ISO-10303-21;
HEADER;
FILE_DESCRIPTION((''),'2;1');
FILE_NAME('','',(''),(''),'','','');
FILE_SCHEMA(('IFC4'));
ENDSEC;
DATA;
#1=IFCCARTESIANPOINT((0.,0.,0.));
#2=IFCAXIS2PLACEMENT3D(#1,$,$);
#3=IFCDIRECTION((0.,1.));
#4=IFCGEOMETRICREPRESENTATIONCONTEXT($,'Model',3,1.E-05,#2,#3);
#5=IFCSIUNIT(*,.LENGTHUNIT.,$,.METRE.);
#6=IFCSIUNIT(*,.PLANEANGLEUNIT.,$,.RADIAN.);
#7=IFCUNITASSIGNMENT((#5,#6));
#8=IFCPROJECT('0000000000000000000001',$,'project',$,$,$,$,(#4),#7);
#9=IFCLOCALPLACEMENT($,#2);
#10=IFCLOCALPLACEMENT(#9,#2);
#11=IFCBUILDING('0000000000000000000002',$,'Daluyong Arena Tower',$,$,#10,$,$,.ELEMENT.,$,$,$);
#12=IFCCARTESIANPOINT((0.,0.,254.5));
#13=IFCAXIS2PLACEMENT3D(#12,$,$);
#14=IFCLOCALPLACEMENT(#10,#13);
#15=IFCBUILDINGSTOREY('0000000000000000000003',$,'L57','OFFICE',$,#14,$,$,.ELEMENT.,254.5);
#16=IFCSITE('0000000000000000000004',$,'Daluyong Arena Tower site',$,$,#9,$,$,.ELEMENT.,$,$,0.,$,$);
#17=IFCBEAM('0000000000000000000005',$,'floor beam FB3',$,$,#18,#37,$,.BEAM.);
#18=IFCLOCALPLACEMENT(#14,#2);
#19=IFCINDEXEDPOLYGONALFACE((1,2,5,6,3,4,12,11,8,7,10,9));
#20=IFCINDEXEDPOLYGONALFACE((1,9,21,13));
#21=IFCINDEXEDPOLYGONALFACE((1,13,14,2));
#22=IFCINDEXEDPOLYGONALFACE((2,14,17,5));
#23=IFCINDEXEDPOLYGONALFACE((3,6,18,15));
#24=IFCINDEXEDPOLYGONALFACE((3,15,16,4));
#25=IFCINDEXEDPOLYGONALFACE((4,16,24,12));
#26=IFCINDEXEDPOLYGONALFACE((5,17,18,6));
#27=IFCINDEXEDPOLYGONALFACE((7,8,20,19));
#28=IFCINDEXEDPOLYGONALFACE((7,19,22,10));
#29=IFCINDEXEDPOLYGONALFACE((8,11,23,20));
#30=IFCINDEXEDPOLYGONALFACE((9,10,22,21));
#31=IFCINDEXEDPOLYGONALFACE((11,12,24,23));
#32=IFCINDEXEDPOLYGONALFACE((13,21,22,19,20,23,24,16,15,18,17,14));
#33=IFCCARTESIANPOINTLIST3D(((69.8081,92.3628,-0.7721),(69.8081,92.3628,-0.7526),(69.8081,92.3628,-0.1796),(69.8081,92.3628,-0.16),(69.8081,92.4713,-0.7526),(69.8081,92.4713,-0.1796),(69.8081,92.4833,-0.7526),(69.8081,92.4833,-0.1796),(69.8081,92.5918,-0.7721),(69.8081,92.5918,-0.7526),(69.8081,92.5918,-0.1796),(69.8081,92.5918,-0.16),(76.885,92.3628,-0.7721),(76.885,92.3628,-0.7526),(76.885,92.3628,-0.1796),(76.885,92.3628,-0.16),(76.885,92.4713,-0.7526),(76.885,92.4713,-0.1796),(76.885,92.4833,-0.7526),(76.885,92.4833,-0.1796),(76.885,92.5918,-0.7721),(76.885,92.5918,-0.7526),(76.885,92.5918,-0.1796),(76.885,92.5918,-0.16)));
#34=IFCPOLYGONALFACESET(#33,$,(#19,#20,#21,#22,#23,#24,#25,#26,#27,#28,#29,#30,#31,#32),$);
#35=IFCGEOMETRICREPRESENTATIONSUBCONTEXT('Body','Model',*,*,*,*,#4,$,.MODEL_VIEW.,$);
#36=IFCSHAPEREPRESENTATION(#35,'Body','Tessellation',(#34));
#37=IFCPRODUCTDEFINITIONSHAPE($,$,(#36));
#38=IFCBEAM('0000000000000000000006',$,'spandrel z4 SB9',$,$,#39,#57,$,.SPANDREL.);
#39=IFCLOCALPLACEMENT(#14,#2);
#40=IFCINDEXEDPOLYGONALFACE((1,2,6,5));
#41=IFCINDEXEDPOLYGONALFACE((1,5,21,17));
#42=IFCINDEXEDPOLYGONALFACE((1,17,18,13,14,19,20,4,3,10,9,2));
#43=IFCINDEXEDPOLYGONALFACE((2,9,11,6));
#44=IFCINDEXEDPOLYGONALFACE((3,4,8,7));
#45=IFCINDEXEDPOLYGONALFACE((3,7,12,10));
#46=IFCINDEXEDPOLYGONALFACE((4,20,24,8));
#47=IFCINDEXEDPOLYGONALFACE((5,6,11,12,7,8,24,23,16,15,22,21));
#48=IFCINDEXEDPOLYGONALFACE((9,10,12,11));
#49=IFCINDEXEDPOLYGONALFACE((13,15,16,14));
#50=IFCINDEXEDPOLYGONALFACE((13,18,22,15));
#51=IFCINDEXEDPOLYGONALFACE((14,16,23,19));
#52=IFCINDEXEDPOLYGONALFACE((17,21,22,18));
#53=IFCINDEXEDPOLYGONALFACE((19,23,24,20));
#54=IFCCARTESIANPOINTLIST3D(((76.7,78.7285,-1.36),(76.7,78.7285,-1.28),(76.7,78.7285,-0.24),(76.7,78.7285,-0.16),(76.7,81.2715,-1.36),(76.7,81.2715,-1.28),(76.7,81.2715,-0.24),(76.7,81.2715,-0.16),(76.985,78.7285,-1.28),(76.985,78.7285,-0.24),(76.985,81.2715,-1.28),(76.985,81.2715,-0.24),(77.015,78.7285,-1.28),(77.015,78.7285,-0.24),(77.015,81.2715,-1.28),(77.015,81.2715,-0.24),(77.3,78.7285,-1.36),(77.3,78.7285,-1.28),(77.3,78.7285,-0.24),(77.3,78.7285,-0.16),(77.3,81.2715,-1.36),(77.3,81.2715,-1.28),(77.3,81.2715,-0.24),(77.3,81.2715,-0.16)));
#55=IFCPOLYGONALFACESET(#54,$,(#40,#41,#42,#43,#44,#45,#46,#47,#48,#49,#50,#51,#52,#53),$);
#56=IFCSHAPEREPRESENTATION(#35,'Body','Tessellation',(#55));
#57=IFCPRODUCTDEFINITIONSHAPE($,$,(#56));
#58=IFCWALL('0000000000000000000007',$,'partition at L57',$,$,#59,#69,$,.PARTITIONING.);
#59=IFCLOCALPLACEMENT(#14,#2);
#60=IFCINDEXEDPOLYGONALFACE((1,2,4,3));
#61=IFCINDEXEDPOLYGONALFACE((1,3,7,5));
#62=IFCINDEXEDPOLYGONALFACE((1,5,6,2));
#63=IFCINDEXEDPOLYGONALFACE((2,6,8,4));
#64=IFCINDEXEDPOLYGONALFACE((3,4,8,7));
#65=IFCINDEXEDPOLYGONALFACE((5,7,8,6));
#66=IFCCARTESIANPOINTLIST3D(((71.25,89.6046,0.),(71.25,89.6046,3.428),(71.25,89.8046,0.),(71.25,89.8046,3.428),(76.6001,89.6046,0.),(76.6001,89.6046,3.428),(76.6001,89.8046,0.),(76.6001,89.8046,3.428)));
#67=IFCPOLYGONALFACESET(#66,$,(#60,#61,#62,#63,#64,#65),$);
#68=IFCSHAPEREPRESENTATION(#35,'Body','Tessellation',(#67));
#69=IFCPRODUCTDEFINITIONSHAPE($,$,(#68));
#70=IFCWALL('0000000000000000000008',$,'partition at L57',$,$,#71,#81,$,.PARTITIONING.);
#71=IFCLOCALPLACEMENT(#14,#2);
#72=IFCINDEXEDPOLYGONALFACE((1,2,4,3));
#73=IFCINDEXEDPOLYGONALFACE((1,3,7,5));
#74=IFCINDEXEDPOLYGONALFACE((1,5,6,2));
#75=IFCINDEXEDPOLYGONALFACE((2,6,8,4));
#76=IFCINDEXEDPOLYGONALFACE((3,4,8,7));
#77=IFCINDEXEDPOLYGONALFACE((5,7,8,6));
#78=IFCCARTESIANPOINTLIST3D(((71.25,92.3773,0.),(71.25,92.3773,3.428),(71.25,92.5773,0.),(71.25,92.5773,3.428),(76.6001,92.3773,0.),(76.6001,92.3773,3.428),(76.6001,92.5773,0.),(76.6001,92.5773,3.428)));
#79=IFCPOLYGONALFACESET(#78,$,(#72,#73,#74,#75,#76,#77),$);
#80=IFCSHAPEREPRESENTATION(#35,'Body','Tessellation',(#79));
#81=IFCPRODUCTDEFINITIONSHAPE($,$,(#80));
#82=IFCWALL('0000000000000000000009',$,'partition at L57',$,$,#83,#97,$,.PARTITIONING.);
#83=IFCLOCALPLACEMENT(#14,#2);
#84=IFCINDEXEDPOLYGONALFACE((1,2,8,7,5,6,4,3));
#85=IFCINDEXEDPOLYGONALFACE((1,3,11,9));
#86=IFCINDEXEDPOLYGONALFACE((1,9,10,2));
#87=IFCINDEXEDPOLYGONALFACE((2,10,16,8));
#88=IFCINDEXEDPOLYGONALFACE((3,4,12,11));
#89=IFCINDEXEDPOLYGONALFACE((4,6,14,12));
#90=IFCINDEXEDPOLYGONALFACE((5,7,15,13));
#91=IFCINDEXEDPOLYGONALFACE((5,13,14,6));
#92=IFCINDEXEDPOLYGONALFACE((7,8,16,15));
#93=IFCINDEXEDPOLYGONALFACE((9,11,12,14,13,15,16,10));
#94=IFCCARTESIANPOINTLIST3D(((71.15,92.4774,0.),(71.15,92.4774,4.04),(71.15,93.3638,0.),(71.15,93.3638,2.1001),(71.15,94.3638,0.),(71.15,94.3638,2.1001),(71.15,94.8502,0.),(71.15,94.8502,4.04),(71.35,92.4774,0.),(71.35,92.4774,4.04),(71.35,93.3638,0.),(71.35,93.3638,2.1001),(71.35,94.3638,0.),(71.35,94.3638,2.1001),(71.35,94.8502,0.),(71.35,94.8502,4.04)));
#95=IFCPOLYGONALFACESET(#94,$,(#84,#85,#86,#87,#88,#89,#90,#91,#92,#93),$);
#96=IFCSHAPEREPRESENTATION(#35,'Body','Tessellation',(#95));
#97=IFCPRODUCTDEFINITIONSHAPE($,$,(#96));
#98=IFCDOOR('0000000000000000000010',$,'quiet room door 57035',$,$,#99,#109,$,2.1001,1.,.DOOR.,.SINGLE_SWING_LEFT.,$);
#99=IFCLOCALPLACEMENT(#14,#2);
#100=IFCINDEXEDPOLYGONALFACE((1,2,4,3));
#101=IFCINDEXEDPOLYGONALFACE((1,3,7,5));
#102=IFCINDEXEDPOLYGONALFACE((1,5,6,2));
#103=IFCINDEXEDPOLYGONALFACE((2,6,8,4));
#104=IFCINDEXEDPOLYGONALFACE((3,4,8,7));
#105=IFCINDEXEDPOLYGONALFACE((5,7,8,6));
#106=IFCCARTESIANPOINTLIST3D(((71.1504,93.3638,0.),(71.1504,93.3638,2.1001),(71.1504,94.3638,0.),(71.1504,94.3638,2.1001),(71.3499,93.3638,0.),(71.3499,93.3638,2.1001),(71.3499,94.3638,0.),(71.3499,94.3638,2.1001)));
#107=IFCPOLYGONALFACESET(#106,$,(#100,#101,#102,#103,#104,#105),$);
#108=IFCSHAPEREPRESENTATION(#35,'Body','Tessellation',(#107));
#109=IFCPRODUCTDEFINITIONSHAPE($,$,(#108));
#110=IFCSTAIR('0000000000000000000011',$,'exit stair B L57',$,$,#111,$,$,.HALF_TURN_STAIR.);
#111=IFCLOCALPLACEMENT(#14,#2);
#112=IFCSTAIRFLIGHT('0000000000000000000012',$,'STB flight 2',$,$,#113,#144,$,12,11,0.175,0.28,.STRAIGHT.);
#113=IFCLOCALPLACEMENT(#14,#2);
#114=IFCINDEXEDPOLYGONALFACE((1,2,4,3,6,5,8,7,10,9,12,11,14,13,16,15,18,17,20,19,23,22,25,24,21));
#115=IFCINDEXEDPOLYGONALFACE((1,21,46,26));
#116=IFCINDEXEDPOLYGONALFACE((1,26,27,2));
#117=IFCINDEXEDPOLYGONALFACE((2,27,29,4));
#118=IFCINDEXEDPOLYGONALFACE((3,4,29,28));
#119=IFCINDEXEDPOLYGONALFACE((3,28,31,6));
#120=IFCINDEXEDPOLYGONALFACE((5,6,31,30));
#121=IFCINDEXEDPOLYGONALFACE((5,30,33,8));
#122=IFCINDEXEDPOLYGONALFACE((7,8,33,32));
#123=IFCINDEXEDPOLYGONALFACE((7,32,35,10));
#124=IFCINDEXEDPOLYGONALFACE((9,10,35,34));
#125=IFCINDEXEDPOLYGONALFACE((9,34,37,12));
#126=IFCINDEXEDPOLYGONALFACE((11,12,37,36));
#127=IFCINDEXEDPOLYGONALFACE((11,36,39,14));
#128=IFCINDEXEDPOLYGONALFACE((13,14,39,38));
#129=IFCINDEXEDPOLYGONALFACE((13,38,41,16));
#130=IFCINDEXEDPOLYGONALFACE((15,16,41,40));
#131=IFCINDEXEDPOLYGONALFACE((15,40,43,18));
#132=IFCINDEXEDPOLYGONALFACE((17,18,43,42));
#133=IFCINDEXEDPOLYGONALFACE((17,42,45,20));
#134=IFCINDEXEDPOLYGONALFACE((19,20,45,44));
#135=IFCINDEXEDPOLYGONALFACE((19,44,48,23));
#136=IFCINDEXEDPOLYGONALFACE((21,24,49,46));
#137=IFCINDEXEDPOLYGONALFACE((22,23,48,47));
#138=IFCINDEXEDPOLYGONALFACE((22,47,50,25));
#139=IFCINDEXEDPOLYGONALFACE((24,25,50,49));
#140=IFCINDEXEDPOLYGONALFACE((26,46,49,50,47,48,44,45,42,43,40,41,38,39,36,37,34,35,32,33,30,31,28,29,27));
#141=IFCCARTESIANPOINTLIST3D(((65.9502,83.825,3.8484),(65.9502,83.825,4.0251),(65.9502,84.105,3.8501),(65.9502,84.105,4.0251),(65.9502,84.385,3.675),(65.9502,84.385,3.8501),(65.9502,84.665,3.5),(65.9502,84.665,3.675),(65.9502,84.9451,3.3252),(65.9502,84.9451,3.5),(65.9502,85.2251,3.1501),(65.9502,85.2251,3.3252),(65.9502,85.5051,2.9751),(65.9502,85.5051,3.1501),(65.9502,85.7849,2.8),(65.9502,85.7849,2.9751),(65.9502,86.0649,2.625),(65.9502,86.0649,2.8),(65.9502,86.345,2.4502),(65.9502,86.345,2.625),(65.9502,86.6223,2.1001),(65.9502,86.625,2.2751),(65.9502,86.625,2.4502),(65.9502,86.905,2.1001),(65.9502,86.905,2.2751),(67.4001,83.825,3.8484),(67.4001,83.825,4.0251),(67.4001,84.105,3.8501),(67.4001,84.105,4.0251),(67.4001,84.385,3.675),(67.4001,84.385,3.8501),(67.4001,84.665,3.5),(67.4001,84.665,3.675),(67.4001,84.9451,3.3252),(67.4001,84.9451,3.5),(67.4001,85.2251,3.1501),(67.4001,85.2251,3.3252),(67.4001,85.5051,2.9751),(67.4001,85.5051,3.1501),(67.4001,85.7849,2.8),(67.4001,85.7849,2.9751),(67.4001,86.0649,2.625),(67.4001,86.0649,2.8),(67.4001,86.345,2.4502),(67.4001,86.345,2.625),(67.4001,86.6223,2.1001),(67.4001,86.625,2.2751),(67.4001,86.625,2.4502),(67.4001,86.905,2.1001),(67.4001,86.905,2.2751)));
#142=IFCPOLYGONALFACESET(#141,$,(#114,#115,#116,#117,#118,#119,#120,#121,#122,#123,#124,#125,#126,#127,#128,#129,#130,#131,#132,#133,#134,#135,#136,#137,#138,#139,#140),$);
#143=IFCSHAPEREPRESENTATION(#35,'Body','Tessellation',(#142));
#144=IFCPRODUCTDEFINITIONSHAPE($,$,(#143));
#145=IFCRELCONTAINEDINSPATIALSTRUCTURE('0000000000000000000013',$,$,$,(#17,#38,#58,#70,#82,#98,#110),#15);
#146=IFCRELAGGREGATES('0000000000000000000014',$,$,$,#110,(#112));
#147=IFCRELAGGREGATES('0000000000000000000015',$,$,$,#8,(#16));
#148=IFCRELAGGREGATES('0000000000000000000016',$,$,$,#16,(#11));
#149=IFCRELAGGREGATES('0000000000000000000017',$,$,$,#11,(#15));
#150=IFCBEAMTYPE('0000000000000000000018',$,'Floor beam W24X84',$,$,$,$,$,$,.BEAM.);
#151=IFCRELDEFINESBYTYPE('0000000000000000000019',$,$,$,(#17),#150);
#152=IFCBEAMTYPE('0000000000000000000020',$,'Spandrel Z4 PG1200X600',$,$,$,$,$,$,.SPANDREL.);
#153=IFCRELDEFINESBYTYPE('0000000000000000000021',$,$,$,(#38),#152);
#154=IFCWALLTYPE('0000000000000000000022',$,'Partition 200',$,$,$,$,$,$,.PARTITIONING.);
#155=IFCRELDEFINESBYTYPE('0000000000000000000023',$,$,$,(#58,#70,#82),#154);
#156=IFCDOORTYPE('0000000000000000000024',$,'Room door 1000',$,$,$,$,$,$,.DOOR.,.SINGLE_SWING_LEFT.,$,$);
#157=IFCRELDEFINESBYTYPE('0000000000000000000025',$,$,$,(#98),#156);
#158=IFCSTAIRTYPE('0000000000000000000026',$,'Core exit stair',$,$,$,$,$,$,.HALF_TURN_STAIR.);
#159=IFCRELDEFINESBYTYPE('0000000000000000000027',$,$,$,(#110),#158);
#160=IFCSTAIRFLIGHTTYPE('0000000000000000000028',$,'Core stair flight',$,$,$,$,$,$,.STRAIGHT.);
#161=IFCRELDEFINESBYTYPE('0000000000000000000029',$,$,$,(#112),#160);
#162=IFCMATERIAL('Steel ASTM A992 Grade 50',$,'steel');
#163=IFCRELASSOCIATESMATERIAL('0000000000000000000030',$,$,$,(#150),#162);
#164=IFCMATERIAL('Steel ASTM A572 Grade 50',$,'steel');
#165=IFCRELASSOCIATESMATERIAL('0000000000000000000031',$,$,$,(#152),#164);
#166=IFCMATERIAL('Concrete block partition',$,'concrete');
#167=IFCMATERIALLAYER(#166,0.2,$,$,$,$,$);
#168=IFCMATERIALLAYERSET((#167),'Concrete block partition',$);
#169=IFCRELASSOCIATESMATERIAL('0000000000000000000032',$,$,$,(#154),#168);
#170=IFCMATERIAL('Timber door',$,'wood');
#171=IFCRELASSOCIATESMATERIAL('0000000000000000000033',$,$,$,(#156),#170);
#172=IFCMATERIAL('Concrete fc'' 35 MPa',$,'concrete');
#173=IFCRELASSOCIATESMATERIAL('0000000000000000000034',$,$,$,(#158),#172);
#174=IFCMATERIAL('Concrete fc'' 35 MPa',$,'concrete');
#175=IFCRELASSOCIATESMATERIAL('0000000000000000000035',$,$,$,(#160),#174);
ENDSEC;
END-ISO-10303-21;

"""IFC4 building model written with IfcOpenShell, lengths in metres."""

from ifc_helpers import new_model, si_unit, direction, frame, frame_2d, origin, origin_2d, place, context, subcontext, project, spatial, polyline, rectangle, i_section, outline, extrude, material, layer, layer_set, material_profile, profile_set, type_object, element, fill, aggregate, save


model = new_model("IFC4")

# Units and contexts
model_context = context("Model", 3, precision=1e-05, world=origin(), true_north=direction((0.0, 1.0)))
body_context = subcontext(model_context, "Body", "Model", "MODEL_VIEW")
ifc_project = project(units=[si_unit("LENGTHUNIT", "METRE"), si_unit("PLANEANGLEUNIT", "RADIAN")], contexts=[model_context])

# Site, building, storey
site_placement = place(None, origin())
site = spatial("IfcSite", under=ifc_project, at=site_placement, Name="Daluyong Arena Tower site", CompositionType="ELEMENT", RefElevation=0.0)
building_placement = place(site_placement, origin())
building = spatial("IfcBuilding", under=site, at=building_placement, Name="Daluyong Arena Tower", CompositionType="ELEMENT")
storey_placement = place(building_placement, frame((0.0, 0.0, 254.5)))
storey = spatial("IfcBuildingStorey", under=building, at=storey_placement, Name="L57", Description="OFFICE", CompositionType="ELEMENT", Elevation=254.5)

# Beams
ifc_material_1 = material(Name="Steel ASTM A992 Grade 50", Category="steel")
ifc_material_profile_1 = material_profile(ifc_material_1, i_section(OverallWidth=0.229, OverallDepth=0.6121, WebThickness=0.012, FlangeThickness=0.0195, at=origin_2d()))
ifc_profile_set_1 = profile_set([ifc_material_profile_1], Name="Steel ASTM A992 Grade 50")
beam_type_1 = type_object("IfcBeamType", Name="Floor beam W24X84", PredefinedType="BEAM", material=ifc_profile_set_1)
beam_1_placement = place(storey_placement, frame((76.885, 92.4773, -0.4661), z_axis=(-1.0, 0.0, 0.0), x_axis=(0.0, -1.0, 0.0)))
element("IfcBeam", 1, at=beam_1_placement, inside=storey, type_object=beam_type_1, Name="floor beam FB3", PredefinedType="BEAM", context=body_context, shape_type="SweptSolid", body=[
    extrude(i_section(OverallWidth=0.229, OverallDepth=0.6121, WebThickness=0.012, FlangeThickness=0.0195, at=origin_2d()), origin(), (0.0, 0.0, 1.0), 7.0769),
])
ifc_material_2 = material(Name="Steel ASTM A572 Grade 50", Category="steel")
ifc_material_profile_2 = material_profile(ifc_material_2, i_section(OverallWidth=0.6001, OverallDepth=1.2, WebThickness=0.03, FlangeThickness=0.08, at=origin_2d()))
ifc_profile_set_2 = profile_set([ifc_material_profile_2], Name="Steel ASTM A572 Grade 50")
beam_type_2 = type_object("IfcBeamType", Name="Spandrel Z4 PG1200X600", PredefinedType="SPANDREL", material=ifc_profile_set_2)
beam_2_placement = place(storey_placement, frame((77.0, 78.7285, -0.76), z_axis=(0.0, 1.0, 0.0), x_axis=(-1.0, 0.0, 0.0)))
element("IfcBeam", 2, at=beam_2_placement, inside=storey, type_object=beam_type_2, Name="spandrel z4 SB9", PredefinedType="SPANDREL", context=body_context, shape_type="SweptSolid", body=[
    extrude(i_section(OverallWidth=0.6001, OverallDepth=1.2, WebThickness=0.03, FlangeThickness=0.08, at=origin_2d()), origin(), (0.0, 0.0, 1.0), 2.543),
])

# Walls
ifc_material_3 = material(Name="Concrete block partition", Category="concrete")
ifc_layer_1 = layer(ifc_material_3, 0.2)
ifc_layer_set_1 = layer_set([ifc_layer_1], Name="Concrete block partition")
wall_type_1 = type_object("IfcWallType", Name="Partition 200", PredefinedType="PARTITIONING", material=ifc_layer_set_1)
for number, where, z_axis, x_axis, name in (
    (3, (71.25, 89.7046, 0.0), (0.0, 0.0, 1.0), (1.0, 0.0, 0.0), "partition at L57"),
    (4, (71.25, 92.4773, 0.0), (0.0, 0.0, 1.0), (1.0, 0.0, 0.0), "partition at L57"),
):
    element("IfcWall", number, at=place(storey_placement, frame(where, z_axis=z_axis, x_axis=x_axis)), inside=storey, type_object=wall_type_1, Name=name, PredefinedType="PARTITIONING", context=body_context, shape_type="SweptSolid", body=[
        extrude(rectangle(XDim=5.3501, YDim=0.2, at=frame_2d((2.675, 0.0))), origin(), (0.0, 0.0, 1.0), 3.428),
    ])

# Wall, opening, door
wall_1_placement = place(storey_placement, frame((71.25, 92.4773, 0.0), z_axis=(0.0, 0.0, 1.0), x_axis=(0.0, 1.0, 0.0)))
wall_1 = element("IfcWall", 5, at=wall_1_placement, inside=storey, type_object=wall_type_1, Name="partition at L57", PredefinedType="PARTITIONING", context=body_context, shape_type="SweptSolid", body=[
    extrude(rectangle(XDim=2.3728, YDim=0.2, at=frame_2d((1.1865, 0.0))), origin(), (0.0, 0.0, 1.0), 4.04),
])
opening_1_placement = place(wall_1_placement, frame((0.8865, 0.0, 0.0)))
opening_1 = element("IfcOpeningElement", 6, at=opening_1_placement, cuts=wall_1, PredefinedType="OPENING", context=body_context, shape_type="SweptSolid", body=[
    extrude(rectangle(XDim=1.0, YDim=2.1001, at=frame_2d((0.5, 1.05))), frame((0.0, 0.1099, 0.0), z_axis=(0.0, -1.0, 0.0), x_axis=(1.0, 0.0, 0.0)), (0.0, 0.0, 1.0), 0.22),
])
ifc_material_4 = material(Name="Timber door", Category="wood")
door_type_1 = type_object("IfcDoorType", Name="Room door 1000", OperationType="SINGLE_SWING_LEFT", PredefinedType="DOOR", material=ifc_material_4)
door_1_placement = place(opening_1_placement, origin())
door_1 = element("IfcDoor", 7, at=door_1_placement, inside=storey, type_object=door_type_1, Name="quiet room door 57035", OperationType="SINGLE_SWING_LEFT", OverallHeight=2.1001, OverallWidth=1.0, PredefinedType="DOOR", context=body_context, shape_type="SweptSolid", body=[
    extrude(rectangle(XDim=1.0, YDim=2.1001, at=frame_2d((0.5, 1.05))), frame((0.0, 0.0996, 0.0), z_axis=(0.0, -1.0, 0.0), x_axis=(1.0, 0.0, 0.0)), (0.0, 0.0, 1.0), 0.1995),
])
fill(opening_1, door_1)

# Stair, stair flight
ifc_material_5 = material(Name="Concrete fc' 35 MPa", Category="concrete")
stair_type = type_object("IfcStairType", Name="Core exit stair", PredefinedType="HALF_TURN_STAIR", material=ifc_material_5)
stair_placement = place(storey_placement, origin())
stair = element("IfcStair", 8, at=stair_placement, inside=storey, type_object=stair_type, Name="exit stair B L57", PredefinedType="HALF_TURN_STAIR")
ifc_material_6 = material(Name="Concrete fc' 35 MPa", Category="concrete")
stair_flight_type = type_object("IfcStairFlightType", Name="Core stair flight", PredefinedType="STRAIGHT", material=ifc_material_6)
stair_flight_placement = place(storey_placement, frame((66.675, 86.905, 2.1001), z_axis=(0.0, 0.0, 1.0), x_axis=(0.0, -1.0, 0.0)))
stair_flight = element("IfcStairFlight", 9, at=stair_flight_placement, type_object=stair_flight_type, Name="STB flight 2", NumberOfRisers=12, NumberOfTreads=11, PredefinedType="STRAIGHT", RiserHeight=0.175, TreadLength=0.28, context=body_context, shape_type="SweptSolid", body=[
    extrude(outline(polyline([(0.0, 0.0), (0.0, 0.175), (0.28, 0.175), (0.28, 0.3501), (0.5601, 0.3501), (0.5601, 0.5249), (0.8401, 0.5249), (0.8401, 0.7), (1.1201, 0.7), (1.1201, 0.875), (1.3999, 0.875), (1.3999, 1.05), (1.6799, 1.05), (1.6799, 1.2251), (1.96, 1.2251), (1.96, 1.3999), (2.24, 1.3999), (2.24, 1.575), (2.52, 1.575), (2.52, 1.75), (2.8, 1.75), (2.8, 1.925), (3.0801, 1.925), (3.0801, 2.1001), (3.0801, 1.7483), (0.2827, 0.0), (0.0, 0.0)])), frame((0.0, 0.7251, 0.0), z_axis=(0.0, -1.0, 0.0), x_axis=(1.0, 0.0, 0.0)), (0.0, 0.0, 1.0), 1.45),
])
aggregate(stair, [stair_flight])

save(model, "model.ifc")
